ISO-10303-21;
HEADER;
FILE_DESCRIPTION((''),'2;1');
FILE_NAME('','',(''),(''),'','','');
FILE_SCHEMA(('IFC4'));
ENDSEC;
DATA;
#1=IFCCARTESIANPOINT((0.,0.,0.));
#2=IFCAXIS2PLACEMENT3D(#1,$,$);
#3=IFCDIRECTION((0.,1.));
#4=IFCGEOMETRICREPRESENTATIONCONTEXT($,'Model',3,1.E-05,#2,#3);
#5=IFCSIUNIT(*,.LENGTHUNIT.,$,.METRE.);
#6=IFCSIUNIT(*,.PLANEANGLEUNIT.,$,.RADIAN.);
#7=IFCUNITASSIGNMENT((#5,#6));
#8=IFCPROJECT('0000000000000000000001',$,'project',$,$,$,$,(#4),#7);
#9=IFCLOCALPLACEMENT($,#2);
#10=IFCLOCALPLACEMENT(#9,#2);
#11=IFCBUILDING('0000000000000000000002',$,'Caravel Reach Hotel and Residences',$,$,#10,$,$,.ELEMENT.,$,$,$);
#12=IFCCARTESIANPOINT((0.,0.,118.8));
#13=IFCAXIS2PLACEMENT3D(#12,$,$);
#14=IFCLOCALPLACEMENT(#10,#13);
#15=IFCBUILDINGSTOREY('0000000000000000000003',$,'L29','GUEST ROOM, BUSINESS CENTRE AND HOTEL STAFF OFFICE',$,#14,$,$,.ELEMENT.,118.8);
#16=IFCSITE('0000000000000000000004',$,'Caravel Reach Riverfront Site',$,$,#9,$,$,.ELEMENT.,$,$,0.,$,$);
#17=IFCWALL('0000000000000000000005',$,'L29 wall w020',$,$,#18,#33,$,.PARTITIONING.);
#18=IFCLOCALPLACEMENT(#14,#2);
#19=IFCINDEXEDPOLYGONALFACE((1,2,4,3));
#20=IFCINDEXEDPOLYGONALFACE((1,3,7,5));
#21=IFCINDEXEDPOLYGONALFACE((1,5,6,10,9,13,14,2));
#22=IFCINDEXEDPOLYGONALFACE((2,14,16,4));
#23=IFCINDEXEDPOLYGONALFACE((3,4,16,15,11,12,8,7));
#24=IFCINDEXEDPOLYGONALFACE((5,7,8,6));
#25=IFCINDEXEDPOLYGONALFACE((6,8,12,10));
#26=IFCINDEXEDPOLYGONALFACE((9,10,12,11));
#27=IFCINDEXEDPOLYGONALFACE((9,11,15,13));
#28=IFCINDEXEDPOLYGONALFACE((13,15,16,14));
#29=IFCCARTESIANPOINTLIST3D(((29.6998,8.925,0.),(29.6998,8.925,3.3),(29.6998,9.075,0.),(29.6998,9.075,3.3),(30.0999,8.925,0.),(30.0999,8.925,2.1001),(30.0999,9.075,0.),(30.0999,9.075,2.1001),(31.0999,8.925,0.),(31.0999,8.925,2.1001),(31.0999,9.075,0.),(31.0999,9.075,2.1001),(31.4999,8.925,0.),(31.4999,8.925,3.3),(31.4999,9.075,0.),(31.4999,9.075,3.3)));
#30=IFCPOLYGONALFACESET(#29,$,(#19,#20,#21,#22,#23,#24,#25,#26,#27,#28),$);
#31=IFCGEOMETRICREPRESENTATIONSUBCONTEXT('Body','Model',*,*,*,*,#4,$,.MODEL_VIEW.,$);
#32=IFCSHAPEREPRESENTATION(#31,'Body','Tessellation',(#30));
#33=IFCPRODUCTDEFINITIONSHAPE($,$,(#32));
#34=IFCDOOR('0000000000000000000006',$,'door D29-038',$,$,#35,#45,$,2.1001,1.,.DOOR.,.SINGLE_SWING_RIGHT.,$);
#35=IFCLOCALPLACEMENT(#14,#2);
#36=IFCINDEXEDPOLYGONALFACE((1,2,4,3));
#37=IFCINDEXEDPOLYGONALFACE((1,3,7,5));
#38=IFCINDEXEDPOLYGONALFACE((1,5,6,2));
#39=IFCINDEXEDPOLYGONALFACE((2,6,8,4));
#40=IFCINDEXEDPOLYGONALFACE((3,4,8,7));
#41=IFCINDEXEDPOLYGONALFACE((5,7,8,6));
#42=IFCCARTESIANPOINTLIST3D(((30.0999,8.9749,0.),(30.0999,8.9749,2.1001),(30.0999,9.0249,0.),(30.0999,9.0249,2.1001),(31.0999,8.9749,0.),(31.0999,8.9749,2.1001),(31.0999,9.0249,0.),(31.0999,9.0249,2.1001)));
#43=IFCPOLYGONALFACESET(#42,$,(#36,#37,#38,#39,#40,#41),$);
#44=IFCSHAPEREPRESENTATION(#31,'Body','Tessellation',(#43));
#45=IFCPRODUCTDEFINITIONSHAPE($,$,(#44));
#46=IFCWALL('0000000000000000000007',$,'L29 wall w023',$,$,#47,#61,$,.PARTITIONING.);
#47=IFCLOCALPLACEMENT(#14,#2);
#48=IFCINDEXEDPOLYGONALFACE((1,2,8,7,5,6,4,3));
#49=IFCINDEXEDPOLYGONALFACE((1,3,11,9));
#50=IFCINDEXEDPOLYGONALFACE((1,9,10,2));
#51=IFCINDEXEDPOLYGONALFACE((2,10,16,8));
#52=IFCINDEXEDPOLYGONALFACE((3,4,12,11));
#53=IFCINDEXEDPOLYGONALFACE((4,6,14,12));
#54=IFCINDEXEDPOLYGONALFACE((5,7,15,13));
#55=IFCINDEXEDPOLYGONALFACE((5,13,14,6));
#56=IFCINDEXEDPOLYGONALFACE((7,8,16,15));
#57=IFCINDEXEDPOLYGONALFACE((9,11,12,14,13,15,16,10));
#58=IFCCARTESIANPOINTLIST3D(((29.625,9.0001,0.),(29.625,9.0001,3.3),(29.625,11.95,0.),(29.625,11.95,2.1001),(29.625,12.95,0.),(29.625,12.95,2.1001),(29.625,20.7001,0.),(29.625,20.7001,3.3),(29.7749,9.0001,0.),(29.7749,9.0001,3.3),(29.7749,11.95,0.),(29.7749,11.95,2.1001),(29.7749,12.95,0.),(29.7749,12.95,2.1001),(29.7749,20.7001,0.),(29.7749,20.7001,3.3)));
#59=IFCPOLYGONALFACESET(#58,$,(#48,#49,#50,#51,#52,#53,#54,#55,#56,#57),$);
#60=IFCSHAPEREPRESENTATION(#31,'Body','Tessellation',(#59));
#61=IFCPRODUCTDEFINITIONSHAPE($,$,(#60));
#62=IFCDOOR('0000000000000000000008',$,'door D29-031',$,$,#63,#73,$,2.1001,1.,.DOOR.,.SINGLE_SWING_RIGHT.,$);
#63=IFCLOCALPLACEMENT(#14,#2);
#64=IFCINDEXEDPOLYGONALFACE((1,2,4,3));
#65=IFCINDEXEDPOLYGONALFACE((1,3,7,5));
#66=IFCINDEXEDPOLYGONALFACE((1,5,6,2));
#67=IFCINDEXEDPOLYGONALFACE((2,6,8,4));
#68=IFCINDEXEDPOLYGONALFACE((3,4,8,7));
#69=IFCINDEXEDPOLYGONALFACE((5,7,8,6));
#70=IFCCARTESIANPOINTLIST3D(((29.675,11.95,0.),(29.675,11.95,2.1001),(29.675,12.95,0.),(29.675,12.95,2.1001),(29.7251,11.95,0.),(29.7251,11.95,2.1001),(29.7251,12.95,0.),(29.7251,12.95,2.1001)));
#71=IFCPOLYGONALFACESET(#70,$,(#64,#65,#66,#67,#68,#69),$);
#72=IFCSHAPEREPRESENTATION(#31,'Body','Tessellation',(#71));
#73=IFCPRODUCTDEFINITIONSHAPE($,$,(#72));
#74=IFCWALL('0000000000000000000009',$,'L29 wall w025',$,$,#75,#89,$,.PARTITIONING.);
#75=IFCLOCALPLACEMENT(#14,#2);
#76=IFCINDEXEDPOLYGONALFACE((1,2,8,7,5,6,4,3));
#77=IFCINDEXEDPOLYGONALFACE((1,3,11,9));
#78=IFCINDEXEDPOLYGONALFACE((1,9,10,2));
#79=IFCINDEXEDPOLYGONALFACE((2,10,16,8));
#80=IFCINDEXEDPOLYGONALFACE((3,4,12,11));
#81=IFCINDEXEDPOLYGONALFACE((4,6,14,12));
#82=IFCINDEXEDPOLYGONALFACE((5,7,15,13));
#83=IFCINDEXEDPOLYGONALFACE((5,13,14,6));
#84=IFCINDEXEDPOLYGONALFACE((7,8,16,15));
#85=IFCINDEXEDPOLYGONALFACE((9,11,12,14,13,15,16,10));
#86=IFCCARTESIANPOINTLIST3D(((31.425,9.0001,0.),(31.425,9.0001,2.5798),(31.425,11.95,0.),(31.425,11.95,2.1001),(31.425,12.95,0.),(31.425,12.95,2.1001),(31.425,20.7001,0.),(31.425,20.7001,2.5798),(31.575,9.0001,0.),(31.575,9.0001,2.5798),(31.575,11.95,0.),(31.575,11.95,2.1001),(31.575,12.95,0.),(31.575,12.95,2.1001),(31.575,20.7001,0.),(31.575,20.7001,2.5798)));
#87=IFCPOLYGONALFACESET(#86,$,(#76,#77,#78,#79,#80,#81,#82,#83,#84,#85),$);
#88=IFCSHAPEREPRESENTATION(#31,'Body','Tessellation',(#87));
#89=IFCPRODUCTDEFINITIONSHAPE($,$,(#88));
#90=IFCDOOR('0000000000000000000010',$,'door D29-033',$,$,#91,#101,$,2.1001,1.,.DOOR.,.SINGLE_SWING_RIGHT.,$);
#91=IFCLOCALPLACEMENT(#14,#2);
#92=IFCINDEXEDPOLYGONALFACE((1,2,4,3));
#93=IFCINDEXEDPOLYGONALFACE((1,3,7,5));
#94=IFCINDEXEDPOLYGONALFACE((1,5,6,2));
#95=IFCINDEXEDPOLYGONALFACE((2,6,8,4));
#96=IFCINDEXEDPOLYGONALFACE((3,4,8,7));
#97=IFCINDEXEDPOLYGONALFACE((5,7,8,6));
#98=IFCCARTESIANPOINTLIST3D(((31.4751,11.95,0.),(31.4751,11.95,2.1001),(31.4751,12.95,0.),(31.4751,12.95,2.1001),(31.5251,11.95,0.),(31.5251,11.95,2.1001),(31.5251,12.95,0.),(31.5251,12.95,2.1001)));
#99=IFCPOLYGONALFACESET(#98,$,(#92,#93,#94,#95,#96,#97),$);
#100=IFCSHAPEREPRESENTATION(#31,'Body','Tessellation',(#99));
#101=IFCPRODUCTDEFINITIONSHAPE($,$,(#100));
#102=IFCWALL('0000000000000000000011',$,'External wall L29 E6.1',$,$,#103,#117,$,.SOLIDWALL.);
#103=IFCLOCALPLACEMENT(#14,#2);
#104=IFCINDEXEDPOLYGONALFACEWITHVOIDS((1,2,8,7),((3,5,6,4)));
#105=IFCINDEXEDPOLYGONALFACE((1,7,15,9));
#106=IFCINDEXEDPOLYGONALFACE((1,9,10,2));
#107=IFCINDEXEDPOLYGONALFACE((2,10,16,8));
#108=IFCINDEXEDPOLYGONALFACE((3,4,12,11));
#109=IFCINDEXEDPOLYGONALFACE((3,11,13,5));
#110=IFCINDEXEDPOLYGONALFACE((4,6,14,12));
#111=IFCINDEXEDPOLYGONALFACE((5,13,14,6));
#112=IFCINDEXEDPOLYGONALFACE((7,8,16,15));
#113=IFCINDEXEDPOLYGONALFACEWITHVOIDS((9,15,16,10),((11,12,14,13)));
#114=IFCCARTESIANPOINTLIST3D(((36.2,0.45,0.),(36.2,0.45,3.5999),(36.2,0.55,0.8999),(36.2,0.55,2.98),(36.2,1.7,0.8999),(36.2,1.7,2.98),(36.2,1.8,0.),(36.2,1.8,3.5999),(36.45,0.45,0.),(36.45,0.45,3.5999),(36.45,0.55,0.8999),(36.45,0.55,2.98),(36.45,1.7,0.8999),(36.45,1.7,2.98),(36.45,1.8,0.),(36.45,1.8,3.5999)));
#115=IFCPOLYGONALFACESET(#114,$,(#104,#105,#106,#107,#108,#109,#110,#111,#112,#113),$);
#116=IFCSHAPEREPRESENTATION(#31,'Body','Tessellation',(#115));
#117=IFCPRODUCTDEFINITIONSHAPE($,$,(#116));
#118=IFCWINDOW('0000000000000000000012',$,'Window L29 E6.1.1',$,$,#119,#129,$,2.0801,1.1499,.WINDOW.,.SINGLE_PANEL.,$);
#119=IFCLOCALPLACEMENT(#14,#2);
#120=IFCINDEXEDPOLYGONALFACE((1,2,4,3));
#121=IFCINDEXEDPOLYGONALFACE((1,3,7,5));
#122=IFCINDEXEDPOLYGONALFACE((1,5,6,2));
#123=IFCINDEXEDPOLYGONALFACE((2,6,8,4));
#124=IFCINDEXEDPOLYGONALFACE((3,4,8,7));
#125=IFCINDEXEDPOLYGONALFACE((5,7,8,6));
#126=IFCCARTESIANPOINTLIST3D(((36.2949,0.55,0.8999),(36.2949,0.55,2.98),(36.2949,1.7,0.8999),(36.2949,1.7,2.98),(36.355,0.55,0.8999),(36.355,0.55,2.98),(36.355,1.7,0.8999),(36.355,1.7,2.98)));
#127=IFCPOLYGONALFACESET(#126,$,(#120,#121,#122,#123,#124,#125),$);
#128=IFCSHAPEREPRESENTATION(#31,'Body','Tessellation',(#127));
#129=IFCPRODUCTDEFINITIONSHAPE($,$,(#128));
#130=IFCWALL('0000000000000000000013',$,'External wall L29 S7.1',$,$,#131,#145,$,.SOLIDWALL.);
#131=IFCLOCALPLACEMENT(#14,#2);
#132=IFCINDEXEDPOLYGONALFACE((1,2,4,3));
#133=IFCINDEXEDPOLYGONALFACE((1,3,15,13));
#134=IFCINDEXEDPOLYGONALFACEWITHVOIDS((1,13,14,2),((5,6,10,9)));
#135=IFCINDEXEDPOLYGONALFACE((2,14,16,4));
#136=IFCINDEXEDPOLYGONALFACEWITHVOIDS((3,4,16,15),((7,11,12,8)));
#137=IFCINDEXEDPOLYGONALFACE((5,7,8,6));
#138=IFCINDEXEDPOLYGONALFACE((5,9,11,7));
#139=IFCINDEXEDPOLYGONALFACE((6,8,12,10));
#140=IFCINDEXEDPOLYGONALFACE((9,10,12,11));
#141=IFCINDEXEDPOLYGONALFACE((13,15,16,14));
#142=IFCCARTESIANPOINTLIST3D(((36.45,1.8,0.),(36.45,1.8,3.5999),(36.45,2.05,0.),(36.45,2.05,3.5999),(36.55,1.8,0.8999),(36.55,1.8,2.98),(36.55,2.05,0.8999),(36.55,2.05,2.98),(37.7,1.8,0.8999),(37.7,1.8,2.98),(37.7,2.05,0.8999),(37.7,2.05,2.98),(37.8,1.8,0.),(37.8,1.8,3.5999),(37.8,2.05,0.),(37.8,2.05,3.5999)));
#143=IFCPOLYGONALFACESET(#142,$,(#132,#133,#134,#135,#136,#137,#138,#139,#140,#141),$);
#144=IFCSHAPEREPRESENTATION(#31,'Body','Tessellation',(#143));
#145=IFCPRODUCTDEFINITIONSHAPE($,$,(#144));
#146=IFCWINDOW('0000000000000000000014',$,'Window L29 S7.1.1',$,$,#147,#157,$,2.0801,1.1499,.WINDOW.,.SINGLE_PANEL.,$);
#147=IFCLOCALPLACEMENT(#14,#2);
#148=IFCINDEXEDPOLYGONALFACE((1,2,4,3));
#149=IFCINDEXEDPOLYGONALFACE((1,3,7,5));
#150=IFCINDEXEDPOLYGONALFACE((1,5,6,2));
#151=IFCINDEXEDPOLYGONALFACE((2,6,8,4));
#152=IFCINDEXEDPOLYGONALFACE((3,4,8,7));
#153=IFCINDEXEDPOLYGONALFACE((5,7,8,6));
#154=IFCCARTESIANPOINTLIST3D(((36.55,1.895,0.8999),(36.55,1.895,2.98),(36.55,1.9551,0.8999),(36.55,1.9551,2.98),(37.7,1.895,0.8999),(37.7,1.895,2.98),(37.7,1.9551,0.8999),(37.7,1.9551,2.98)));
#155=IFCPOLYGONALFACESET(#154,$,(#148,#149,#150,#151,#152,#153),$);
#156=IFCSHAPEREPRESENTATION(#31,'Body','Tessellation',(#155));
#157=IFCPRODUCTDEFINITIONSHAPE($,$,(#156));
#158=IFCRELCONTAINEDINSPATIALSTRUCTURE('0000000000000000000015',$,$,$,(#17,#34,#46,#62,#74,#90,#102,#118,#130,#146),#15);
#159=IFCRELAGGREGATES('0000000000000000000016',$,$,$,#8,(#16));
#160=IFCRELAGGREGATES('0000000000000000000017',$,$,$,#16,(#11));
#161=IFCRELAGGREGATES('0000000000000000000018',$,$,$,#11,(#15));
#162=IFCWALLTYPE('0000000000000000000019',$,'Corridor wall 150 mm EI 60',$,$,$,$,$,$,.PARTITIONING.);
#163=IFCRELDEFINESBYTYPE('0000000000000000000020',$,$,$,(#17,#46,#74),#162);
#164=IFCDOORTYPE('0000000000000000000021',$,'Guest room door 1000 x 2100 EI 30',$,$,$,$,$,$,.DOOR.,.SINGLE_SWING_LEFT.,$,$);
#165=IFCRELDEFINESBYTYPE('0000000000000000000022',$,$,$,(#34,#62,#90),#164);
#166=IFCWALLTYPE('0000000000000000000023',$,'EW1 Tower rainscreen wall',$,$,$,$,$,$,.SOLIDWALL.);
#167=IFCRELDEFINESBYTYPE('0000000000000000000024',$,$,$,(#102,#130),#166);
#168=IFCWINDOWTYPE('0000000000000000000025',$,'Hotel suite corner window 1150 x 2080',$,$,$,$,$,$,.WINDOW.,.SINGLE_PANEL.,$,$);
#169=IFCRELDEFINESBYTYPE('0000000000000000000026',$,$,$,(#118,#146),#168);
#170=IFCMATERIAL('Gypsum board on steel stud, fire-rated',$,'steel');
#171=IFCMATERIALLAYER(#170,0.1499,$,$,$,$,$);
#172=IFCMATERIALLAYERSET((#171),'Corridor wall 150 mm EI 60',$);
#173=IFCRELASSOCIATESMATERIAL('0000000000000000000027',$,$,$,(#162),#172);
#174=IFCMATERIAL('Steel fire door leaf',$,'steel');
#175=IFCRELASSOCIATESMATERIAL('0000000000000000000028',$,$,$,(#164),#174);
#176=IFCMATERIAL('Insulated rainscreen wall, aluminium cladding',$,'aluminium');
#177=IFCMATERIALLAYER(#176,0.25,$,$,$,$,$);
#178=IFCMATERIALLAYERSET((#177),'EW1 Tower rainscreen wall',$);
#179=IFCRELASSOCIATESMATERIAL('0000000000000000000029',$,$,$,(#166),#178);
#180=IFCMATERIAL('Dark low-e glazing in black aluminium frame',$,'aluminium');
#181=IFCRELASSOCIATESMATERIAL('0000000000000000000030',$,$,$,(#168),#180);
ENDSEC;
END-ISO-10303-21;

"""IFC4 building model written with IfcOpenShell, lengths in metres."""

from ifc_helpers import new_model, si_unit, direction, frame, frame_2d, origin, place, context, subcontext, project, spatial, rectangle, extrude, material, layer, layer_set, type_object, element, fill, save


model = new_model("IFC4")

# Units and contexts
model_context = context("Model", 3, precision=1e-05, world=origin(), true_north=direction((0.0, 1.0)))
body_context = subcontext(model_context, "Body", "Model", "MODEL_VIEW")
ifc_project = project(units=[si_unit("LENGTHUNIT", "METRE"), si_unit("PLANEANGLEUNIT", "RADIAN")], contexts=[model_context])

# Site, building, storey
site_placement = place(None, origin())
site = spatial("IfcSite", under=ifc_project, at=site_placement, Name="Caravel Reach Riverfront Site", CompositionType="ELEMENT", RefElevation=0.0)
building_placement = place(site_placement, origin())
building = spatial("IfcBuilding", under=site, at=building_placement, Name="Caravel Reach Hotel and Residences", CompositionType="ELEMENT")
storey_placement = place(building_placement, frame((0.0, 0.0, 118.8)))
storey = spatial("IfcBuildingStorey", under=building, at=storey_placement, Name="L29", Description="GUEST ROOM, BUSINESS CENTRE AND HOTEL STAFF OFFICE", CompositionType="ELEMENT", Elevation=118.8)

# Walls, openings, doors
ifc_material_1 = material(Name="Gypsum board on steel stud, fire-rated", Category="steel")
ifc_layer_1 = layer(ifc_material_1, 0.1499)
ifc_layer_set_1 = layer_set([ifc_layer_1], Name="Corridor wall 150 mm EI 60")
wall_type_1 = type_object("IfcWallType", Name="Corridor wall 150 mm EI 60", PredefinedType="PARTITIONING", material=ifc_layer_set_1)
wall_1_placement = place(storey_placement, frame((29.7, 9.0, 0.0), z_axis=(0.0, 0.0, 1.0), x_axis=(1.0, 0.0, 0.0)))
wall_1 = element("IfcWall", 1, at=wall_1_placement, inside=storey, type_object=wall_type_1, Name="L29 wall w020", PredefinedType="PARTITIONING", context=body_context, shape_type="SweptSolid", body=[
    extrude(rectangle(XDim=1.8, YDim=0.1499, at=frame_2d((0.8999, 0.0))), origin(), (0.0, 0.0, 1.0), 3.3),
])
opening_1_placement = place(wall_1_placement, frame((0.3999, 0.0, 0.0)))
opening_1 = element("IfcOpeningElement", 2, at=opening_1_placement, cuts=wall_1, PredefinedType="OPENING", context=body_context, shape_type="SweptSolid", body=[
    extrude(rectangle(XDim=1.0, YDim=2.1001, at=frame_2d((0.5, 1.05))), frame((0.0, 0.085, 0.0), z_axis=(0.0, -1.0, 0.0), x_axis=(1.0, 0.0, 0.0)), (0.0, 0.0, 1.0), 0.1699),
])
ifc_material_2 = material(Name="Steel fire door leaf", Category="steel")
door_type_1 = type_object("IfcDoorType", Name="Guest room door 1000 x 2100 EI 30", OperationType="SINGLE_SWING_LEFT", PredefinedType="DOOR", material=ifc_material_2)
door_1_placement = place(opening_1_placement, origin())
door_1 = element("IfcDoor", 3, at=door_1_placement, inside=storey, type_object=door_type_1, Name="door D29-038", OperationType="SINGLE_SWING_RIGHT", OverallHeight=2.1001, OverallWidth=1.0, PredefinedType="DOOR", context=body_context, shape_type="SweptSolid", body=[
    extrude(rectangle(XDim=1.0, YDim=2.1001, at=frame_2d((0.5, 1.05))), frame((0.0, 0.0249, 0.0), z_axis=(0.0, -1.0, 0.0), x_axis=(1.0, 0.0, 0.0)), (0.0, 0.0, 1.0), 0.05),
])
fill(opening_1, door_1)
wall_2_placement = place(storey_placement, frame((29.7, 9.0, 0.0), z_axis=(0.0, 0.0, 1.0), x_axis=(0.0, 1.0, 0.0)))
wall_2 = element("IfcWall", 4, at=wall_2_placement, inside=storey, type_object=wall_type_1, Name="L29 wall w023", PredefinedType="PARTITIONING", context=body_context, shape_type="SweptSolid", body=[
    extrude(rectangle(XDim=11.7, YDim=0.1499, at=frame_2d((5.8501, 0.0))), origin(), (0.0, 0.0, 1.0), 3.3),
])
opening_2_placement = place(wall_2_placement, frame((2.95, 0.0, 0.0)))
opening_2 = element("IfcOpeningElement", 5, at=opening_2_placement, cuts=wall_2, PredefinedType="OPENING", context=body_context, shape_type="SweptSolid", body=[
    extrude(rectangle(XDim=1.0, YDim=2.1001, at=frame_2d((0.5, 1.05))), frame((0.0, 0.085, 0.0), z_axis=(0.0, -1.0, 0.0), x_axis=(1.0, 0.0, 0.0)), (0.0, 0.0, 1.0), 0.1699),
])
door_2_placement = place(opening_2_placement, origin())
door_2 = element("IfcDoor", 6, at=door_2_placement, inside=storey, type_object=door_type_1, Name="door D29-031", OperationType="SINGLE_SWING_RIGHT", OverallHeight=2.1001, OverallWidth=1.0, PredefinedType="DOOR", context=body_context, shape_type="SweptSolid", body=[
    extrude(rectangle(XDim=1.0, YDim=2.1001, at=frame_2d((0.5, 1.05))), frame((0.0, 0.0249, 0.0), z_axis=(0.0, -1.0, 0.0), x_axis=(1.0, 0.0, 0.0)), (0.0, 0.0, 1.0), 0.05),
])
fill(opening_2, door_2)
wall_3_placement = place(storey_placement, frame((31.5, 9.0, 0.0), z_axis=(0.0, 0.0, 1.0), x_axis=(0.0, 1.0, 0.0)))
wall_3 = element("IfcWall", 7, at=wall_3_placement, inside=storey, type_object=wall_type_1, Name="L29 wall w025", PredefinedType="PARTITIONING", context=body_context, shape_type="SweptSolid", body=[
    extrude(rectangle(XDim=11.7, YDim=0.1499, at=frame_2d((5.8501, 0.0))), origin(), (0.0, 0.0, 1.0), 2.5798),
])
opening_3_placement = place(wall_3_placement, frame((2.95, 0.0, 0.0)))
opening_3 = element("IfcOpeningElement", 8, at=opening_3_placement, cuts=wall_3, PredefinedType="OPENING", context=body_context, shape_type="SweptSolid", body=[
    extrude(rectangle(XDim=1.0, YDim=2.1001, at=frame_2d((0.5, 1.05))), frame((0.0, 0.085, 0.0), z_axis=(0.0, -1.0, 0.0), x_axis=(1.0, 0.0, 0.0)), (0.0, 0.0, 1.0), 0.1699),
])
door_3_placement = place(opening_3_placement, origin())
door_3 = element("IfcDoor", 9, at=door_3_placement, inside=storey, type_object=door_type_1, Name="door D29-033", OperationType="SINGLE_SWING_RIGHT", OverallHeight=2.1001, OverallWidth=1.0, PredefinedType="DOOR", context=body_context, shape_type="SweptSolid", body=[
    extrude(rectangle(XDim=1.0, YDim=2.1001, at=frame_2d((0.5, 1.05))), frame((0.0, 0.0249, 0.0), z_axis=(0.0, -1.0, 0.0), x_axis=(1.0, 0.0, 0.0)), (0.0, 0.0, 1.0), 0.05),
])
fill(opening_3, door_3)

# Walls, openings, windows
ifc_material_3 = material(Name="Insulated rainscreen wall, aluminium cladding", Category="aluminium")
ifc_layer_2 = layer(ifc_material_3, 0.25)
ifc_layer_set_2 = layer_set([ifc_layer_2], Name="EW1 Tower rainscreen wall")
wall_type_2 = type_object("IfcWallType", Name="EW1 Tower rainscreen wall", PredefinedType="SOLIDWALL", material=ifc_layer_set_2)
wall_4_placement = place(storey_placement, frame((36.325, 0.45, 0.0), z_axis=(0.0, 0.0, 1.0), x_axis=(0.0, 1.0, 0.0)))
wall_4 = element("IfcWall", 10, at=wall_4_placement, inside=storey, type_object=wall_type_2, Name="External wall L29 E6.1", PredefinedType="SOLIDWALL", context=body_context, shape_type="SweptSolid", body=[
    extrude(rectangle(XDim=1.3501, YDim=0.25, at=frame_2d((0.675, 0.0))), origin(), (0.0, 0.0, 1.0), 3.5999),
])
opening_4_placement = place(wall_4_placement, frame((0.1001, 0.0, 0.8999)))
opening_4 = element("IfcOpeningElement", 11, at=opening_4_placement, cuts=wall_4, PredefinedType="OPENING", context=body_context, shape_type="SweptSolid", body=[
    extrude(rectangle(XDim=1.1499, YDim=2.0801, at=frame_2d((0.575, 1.04))), frame((0.0, 0.135, 0.0), z_axis=(0.0, -1.0, 0.0), x_axis=(1.0, 0.0, 0.0)), (0.0, 0.0, 1.0), 0.27),
])
ifc_material_4 = material(Name="Dark low-e glazing in black aluminium frame", Category="aluminium")
window_type_1 = type_object("IfcWindowType", Name="Hotel suite corner window 1150 x 2080", PartitioningType="SINGLE_PANEL", PredefinedType="WINDOW", material=ifc_material_4)
window_1_placement = place(opening_4_placement, origin())
window_1 = element("IfcWindow", 12, at=window_1_placement, inside=storey, type_object=window_type_1, Name="Window L29 E6.1.1", OverallHeight=2.0801, OverallWidth=1.1499, PartitioningType="SINGLE_PANEL", PredefinedType="WINDOW", context=body_context, shape_type="SweptSolid", body=[
    extrude(rectangle(XDim=1.1499, YDim=2.0801, at=frame_2d((0.575, 1.04))), frame((0.0, 0.03, 0.0), z_axis=(0.0, -1.0, 0.0), x_axis=(1.0, 0.0, 0.0)), (0.0, 0.0, 1.0), 0.0601),
])
fill(opening_4, window_1)
wall_5_placement = place(storey_placement, frame((36.45, 1.925, 0.0), z_axis=(0.0, 0.0, 1.0), x_axis=(1.0, 0.0, 0.0)))
wall_5 = element("IfcWall", 13, at=wall_5_placement, inside=storey, type_object=wall_type_2, Name="External wall L29 S7.1", PredefinedType="SOLIDWALL", context=body_context, shape_type="SweptSolid", body=[
    extrude(rectangle(XDim=1.3501, YDim=0.25, at=frame_2d((0.675, 0.0))), origin(), (0.0, 0.0, 1.0), 3.5999),
])
opening_5_placement = place(wall_5_placement, frame((0.1001, 0.0, 0.8999)))
opening_5 = element("IfcOpeningElement", 14, at=opening_5_placement, cuts=wall_5, PredefinedType="OPENING", context=body_context, shape_type="SweptSolid", body=[
    extrude(rectangle(XDim=1.1499, YDim=2.0801, at=frame_2d((0.575, 1.04))), frame((0.0, 0.135, 0.0), z_axis=(0.0, -1.0, 0.0), x_axis=(1.0, 0.0, 0.0)), (0.0, 0.0, 1.0), 0.27),
])
window_2_placement = place(opening_5_placement, origin())
window_2 = element("IfcWindow", 15, at=window_2_placement, inside=storey, type_object=window_type_1, Name="Window L29 S7.1.1", OverallHeight=2.0801, OverallWidth=1.1499, PartitioningType="SINGLE_PANEL", PredefinedType="WINDOW", context=body_context, shape_type="SweptSolid", body=[
    extrude(rectangle(XDim=1.1499, YDim=2.0801, at=frame_2d((0.575, 1.04))), frame((0.0, 0.03, 0.0), z_axis=(0.0, -1.0, 0.0), x_axis=(1.0, 0.0, 0.0)), (0.0, 0.0, 1.0), 0.0601),
])
fill(opening_5, window_2)

save(model, "model.ifc")
